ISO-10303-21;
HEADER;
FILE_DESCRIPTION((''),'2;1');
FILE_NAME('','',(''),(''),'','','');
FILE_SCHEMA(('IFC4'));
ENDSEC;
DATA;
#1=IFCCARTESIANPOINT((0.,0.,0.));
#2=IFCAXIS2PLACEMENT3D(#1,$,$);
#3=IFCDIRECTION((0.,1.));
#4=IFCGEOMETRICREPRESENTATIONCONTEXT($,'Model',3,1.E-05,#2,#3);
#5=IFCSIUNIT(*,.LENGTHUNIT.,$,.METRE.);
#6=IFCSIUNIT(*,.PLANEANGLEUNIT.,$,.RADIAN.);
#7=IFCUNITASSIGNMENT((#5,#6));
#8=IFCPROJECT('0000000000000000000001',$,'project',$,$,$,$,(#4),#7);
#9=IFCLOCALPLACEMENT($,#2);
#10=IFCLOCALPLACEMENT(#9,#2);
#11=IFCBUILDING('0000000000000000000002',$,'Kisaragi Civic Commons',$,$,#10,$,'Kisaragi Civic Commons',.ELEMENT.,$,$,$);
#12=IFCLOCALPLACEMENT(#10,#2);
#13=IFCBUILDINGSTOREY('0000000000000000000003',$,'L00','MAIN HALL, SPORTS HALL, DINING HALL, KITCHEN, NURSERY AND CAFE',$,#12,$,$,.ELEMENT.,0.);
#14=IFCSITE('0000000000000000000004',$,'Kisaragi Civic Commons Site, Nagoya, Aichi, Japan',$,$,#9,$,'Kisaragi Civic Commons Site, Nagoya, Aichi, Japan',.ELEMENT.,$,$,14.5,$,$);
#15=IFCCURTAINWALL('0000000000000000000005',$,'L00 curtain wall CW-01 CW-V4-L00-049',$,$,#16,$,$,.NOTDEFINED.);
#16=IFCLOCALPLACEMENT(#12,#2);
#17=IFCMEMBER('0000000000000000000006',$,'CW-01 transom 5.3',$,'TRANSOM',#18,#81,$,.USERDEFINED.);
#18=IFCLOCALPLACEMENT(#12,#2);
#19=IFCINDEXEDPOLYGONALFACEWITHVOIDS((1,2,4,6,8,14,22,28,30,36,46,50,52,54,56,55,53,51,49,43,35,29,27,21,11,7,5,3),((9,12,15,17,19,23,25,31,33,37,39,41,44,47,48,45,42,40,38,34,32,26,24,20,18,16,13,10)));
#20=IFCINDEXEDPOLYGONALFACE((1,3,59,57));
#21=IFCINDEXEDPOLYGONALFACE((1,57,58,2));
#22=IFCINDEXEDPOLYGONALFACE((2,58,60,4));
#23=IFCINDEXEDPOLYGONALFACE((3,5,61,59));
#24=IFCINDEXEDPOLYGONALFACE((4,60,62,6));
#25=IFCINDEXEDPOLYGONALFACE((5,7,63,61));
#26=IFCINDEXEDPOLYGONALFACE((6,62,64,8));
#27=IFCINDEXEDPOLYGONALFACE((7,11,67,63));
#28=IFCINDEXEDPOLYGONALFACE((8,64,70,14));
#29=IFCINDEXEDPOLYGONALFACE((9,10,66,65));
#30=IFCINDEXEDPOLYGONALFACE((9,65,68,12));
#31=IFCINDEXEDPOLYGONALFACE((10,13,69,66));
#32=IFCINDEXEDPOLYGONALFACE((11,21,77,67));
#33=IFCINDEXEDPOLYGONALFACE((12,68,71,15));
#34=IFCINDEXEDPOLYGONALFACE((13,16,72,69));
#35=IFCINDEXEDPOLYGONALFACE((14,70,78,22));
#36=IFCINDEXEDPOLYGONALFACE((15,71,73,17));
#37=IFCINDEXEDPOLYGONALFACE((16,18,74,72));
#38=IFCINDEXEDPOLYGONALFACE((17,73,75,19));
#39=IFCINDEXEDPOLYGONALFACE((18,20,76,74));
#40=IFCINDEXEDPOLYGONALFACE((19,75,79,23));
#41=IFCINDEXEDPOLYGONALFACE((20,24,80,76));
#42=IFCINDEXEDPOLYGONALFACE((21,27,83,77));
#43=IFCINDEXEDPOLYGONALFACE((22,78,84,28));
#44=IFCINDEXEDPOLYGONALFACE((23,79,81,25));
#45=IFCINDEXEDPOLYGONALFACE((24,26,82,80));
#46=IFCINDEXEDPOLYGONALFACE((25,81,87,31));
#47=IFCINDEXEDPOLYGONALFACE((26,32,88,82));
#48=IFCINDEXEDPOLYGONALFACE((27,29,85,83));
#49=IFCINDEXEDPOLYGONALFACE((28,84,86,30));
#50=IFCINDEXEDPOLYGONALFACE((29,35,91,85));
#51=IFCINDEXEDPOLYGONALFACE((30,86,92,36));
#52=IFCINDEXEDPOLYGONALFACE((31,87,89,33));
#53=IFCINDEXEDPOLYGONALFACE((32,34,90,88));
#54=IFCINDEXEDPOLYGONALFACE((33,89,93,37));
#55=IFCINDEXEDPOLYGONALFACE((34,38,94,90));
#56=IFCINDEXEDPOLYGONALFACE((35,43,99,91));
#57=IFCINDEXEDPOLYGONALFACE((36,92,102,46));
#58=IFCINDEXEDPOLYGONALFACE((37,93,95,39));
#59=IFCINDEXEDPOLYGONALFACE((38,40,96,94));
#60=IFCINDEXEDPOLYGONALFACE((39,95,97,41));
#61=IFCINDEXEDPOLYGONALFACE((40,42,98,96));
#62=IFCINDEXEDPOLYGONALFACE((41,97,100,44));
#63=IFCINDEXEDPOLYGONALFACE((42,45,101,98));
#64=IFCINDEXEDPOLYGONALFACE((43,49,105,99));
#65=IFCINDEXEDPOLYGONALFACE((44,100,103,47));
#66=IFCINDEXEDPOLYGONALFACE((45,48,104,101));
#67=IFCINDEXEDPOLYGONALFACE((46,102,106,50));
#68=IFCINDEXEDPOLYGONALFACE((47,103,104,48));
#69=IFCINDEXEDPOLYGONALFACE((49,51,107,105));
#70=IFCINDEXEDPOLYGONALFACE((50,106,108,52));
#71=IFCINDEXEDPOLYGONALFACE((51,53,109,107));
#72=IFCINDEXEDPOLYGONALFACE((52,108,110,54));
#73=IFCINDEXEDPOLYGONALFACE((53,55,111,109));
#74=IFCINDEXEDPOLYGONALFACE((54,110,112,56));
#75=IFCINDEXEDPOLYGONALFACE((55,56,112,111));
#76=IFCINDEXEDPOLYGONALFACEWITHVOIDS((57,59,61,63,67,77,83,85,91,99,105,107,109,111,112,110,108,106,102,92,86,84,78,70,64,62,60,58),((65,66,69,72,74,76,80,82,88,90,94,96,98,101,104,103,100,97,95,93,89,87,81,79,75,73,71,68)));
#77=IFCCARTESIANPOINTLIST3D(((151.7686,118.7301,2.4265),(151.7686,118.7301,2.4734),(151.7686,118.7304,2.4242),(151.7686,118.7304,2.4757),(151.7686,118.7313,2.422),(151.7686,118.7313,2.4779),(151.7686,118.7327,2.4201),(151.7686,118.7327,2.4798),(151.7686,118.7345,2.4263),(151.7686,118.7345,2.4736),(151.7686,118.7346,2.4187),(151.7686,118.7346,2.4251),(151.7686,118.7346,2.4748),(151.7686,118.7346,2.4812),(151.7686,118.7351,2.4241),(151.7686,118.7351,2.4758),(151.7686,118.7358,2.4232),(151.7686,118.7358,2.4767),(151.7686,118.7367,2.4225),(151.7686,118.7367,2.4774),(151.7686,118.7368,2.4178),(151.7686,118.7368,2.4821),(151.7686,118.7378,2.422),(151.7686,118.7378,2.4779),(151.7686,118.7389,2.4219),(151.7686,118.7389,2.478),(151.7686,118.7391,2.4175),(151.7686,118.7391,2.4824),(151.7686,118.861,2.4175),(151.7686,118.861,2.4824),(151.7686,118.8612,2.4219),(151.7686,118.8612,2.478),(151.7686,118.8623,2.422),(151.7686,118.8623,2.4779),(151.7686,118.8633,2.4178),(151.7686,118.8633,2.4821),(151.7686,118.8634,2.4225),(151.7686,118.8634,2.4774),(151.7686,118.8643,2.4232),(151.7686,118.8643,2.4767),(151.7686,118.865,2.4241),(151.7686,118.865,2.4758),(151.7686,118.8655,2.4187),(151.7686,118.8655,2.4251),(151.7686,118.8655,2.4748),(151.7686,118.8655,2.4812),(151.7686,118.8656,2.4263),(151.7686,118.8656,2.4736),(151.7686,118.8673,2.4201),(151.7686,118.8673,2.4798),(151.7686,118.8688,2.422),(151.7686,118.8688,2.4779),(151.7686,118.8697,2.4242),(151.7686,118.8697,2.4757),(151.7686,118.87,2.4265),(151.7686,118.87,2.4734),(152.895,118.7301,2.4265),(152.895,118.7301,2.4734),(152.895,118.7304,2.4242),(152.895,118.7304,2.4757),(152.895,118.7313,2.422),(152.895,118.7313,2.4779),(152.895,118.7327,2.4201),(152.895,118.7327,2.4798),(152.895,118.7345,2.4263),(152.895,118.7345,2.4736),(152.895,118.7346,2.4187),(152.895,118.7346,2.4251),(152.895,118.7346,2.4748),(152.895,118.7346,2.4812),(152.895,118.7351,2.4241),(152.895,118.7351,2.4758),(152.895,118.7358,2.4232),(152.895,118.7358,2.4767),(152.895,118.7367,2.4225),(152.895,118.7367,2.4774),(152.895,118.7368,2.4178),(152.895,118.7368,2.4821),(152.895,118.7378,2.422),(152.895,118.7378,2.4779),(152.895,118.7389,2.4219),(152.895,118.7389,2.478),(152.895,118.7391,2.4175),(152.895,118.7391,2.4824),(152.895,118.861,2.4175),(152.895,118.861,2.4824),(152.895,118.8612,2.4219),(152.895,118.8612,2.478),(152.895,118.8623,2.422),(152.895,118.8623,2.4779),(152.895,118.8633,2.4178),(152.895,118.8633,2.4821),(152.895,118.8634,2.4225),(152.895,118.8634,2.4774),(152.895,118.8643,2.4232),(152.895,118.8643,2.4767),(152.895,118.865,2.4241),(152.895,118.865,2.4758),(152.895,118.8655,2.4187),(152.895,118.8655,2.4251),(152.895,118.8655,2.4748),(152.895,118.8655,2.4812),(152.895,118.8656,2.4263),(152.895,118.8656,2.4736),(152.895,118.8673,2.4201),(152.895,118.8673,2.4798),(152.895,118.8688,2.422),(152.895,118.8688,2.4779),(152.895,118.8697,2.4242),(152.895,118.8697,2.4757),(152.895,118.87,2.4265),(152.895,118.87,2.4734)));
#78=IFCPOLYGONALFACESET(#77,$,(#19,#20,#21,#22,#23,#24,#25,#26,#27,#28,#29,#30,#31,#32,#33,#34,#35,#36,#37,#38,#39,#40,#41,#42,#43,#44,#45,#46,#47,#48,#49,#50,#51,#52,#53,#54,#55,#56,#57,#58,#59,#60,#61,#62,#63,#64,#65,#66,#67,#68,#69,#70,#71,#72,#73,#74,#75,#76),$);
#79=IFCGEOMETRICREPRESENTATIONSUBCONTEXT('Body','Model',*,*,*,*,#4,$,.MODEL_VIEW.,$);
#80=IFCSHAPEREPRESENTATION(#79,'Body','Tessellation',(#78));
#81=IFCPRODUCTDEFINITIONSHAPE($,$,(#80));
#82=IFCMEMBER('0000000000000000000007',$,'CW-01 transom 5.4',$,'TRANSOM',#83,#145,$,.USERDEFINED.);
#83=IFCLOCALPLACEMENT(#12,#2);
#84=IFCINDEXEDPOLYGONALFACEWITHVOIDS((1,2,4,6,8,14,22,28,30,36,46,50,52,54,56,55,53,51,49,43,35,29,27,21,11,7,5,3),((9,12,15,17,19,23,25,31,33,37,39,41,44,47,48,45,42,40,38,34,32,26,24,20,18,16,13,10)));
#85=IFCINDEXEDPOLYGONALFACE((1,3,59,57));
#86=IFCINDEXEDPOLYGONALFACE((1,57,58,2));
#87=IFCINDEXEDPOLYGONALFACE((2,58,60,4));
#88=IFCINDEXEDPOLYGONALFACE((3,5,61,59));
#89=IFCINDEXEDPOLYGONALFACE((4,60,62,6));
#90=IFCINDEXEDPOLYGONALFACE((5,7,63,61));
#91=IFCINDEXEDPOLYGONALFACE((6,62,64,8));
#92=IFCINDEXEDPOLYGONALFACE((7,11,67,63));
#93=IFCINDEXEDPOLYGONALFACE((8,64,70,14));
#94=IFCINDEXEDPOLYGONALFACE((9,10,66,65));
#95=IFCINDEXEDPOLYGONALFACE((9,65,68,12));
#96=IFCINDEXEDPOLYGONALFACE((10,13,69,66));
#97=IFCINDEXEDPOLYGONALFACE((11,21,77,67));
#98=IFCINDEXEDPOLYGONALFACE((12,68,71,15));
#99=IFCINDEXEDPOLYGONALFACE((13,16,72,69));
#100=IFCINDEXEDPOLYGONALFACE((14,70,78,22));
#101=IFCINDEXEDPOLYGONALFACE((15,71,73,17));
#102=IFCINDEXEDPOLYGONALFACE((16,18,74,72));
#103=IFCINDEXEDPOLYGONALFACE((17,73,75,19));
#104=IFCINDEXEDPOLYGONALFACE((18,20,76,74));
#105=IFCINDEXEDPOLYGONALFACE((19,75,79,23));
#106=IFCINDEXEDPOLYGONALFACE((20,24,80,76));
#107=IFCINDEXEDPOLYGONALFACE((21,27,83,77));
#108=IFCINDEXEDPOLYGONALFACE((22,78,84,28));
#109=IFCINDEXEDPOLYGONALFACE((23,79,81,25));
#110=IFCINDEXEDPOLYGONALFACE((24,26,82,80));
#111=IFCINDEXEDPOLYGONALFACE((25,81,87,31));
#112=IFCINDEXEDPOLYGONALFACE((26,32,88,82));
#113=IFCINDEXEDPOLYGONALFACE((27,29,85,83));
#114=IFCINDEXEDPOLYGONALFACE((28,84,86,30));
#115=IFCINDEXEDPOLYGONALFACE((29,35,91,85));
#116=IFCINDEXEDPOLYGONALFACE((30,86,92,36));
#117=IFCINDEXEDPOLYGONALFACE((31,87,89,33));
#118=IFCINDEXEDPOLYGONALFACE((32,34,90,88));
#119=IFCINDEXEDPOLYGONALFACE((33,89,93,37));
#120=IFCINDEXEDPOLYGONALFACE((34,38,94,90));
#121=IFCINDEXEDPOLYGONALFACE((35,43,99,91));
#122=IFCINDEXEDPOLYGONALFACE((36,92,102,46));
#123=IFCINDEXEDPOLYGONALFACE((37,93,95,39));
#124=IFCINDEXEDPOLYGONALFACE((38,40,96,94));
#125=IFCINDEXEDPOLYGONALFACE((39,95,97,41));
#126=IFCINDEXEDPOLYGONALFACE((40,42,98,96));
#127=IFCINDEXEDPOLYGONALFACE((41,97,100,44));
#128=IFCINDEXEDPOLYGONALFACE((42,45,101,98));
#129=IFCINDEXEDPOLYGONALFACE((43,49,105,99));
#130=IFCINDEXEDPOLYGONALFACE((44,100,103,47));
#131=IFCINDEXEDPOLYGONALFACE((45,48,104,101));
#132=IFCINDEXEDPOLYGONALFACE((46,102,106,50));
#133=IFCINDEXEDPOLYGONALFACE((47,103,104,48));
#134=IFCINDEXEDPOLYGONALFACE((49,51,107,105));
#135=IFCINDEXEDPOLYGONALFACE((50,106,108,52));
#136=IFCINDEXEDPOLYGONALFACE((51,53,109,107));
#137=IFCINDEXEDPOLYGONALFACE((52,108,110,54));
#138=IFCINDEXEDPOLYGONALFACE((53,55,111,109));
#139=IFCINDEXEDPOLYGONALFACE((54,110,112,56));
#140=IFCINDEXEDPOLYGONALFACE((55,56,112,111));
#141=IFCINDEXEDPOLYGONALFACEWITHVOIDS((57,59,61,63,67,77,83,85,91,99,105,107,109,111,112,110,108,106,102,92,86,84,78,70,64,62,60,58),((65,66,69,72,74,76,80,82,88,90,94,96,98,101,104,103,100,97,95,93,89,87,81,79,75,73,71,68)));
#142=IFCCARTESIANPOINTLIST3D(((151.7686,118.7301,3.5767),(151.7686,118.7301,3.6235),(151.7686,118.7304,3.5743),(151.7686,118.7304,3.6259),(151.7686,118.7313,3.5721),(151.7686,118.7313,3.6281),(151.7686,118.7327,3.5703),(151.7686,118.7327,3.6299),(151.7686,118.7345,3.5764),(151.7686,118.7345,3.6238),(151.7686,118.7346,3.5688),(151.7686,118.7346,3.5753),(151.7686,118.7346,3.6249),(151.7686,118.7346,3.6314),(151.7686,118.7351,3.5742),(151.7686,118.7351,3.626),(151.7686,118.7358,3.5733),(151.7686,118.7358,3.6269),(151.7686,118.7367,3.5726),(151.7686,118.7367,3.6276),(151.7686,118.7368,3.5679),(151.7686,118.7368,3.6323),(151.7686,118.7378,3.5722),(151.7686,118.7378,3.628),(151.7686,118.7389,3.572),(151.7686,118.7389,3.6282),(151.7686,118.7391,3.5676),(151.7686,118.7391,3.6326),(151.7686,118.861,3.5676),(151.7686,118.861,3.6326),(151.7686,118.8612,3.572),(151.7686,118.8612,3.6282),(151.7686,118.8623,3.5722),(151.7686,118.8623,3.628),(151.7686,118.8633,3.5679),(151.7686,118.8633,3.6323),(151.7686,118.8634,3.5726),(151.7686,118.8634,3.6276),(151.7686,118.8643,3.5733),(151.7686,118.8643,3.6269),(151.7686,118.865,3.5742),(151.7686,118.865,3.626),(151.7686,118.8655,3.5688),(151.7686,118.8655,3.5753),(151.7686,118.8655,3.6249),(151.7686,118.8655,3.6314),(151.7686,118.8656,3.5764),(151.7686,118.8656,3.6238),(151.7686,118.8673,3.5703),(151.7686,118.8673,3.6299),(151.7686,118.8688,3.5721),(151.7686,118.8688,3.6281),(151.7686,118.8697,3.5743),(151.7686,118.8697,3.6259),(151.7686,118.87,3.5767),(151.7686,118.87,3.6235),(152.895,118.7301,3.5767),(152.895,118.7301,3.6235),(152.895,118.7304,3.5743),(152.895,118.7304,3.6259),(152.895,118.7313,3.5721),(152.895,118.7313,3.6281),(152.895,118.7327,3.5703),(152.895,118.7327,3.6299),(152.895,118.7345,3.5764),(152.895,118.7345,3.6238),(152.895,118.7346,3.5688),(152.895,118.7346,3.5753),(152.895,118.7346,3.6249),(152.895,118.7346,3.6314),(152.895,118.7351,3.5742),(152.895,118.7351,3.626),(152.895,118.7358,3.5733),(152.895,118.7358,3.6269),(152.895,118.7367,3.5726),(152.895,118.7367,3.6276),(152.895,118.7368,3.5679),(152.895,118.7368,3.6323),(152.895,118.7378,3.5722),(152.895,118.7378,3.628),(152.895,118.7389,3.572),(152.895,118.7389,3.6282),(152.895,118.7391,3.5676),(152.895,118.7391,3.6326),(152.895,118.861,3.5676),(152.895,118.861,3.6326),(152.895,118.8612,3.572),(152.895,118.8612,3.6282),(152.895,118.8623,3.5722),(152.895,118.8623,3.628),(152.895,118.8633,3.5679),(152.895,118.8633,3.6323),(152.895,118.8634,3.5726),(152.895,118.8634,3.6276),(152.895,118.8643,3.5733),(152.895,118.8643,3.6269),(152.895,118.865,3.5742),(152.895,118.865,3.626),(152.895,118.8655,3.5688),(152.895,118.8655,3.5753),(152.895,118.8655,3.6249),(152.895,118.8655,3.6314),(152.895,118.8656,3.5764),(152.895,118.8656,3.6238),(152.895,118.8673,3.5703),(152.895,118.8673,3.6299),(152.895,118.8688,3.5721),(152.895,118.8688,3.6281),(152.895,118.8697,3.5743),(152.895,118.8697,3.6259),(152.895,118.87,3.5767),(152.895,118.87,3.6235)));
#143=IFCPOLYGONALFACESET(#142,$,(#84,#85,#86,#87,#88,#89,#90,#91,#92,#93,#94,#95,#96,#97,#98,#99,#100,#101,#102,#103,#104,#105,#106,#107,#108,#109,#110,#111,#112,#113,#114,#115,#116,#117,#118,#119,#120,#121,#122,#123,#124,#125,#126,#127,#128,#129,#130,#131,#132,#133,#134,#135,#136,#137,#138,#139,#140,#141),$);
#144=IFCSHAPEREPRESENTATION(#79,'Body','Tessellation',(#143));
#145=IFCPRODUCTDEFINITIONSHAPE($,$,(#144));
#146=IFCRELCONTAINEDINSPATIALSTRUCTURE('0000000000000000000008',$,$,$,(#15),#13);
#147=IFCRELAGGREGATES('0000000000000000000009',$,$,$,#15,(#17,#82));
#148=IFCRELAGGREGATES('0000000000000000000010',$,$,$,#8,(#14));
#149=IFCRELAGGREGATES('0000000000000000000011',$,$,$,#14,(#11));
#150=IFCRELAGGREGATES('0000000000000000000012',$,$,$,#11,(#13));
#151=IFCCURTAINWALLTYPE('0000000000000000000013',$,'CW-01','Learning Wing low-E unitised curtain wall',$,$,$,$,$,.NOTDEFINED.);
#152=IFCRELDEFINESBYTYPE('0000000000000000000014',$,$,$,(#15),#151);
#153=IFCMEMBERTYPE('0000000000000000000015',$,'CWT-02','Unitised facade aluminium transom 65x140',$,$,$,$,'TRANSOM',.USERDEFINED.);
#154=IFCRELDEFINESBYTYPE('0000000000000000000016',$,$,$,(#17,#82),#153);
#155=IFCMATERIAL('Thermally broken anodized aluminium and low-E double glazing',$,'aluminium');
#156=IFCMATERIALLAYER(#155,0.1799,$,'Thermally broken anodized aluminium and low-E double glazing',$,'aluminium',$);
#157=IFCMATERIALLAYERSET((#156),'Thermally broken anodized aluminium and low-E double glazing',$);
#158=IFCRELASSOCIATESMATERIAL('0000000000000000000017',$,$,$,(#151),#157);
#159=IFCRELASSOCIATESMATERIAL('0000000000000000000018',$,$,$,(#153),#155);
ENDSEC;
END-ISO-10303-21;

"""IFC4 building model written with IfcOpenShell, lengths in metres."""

from ifc_helpers import new_model, si_unit, direction, frame, origin, origin_2d, place, context, subcontext, project, spatial, hollow_rectangle, extrude, material, layer, layer_set, material_profile, profile_set, type_object, element, aggregate, save


model = new_model("IFC4")

# Units and contexts
model_context = context("Model", 3, precision=1e-05, world=origin(), true_north=direction((0.0, 1.0)))
body_context = subcontext(model_context, "Body", "Model", "MODEL_VIEW")
ifc_project = project(units=[si_unit("LENGTHUNIT", "METRE"), si_unit("PLANEANGLEUNIT", "RADIAN")], contexts=[model_context])

# Site, building, storey
site_placement = place(None, origin())
site = spatial("IfcSite", under=ifc_project, at=site_placement, Name="Kisaragi Civic Commons Site, Nagoya, Aichi, Japan", LongName="Kisaragi Civic Commons Site, Nagoya, Aichi, Japan", CompositionType="ELEMENT", RefElevation=14.5)
building_placement = place(site_placement, origin())
building = spatial("IfcBuilding", under=site, at=building_placement, Name="Kisaragi Civic Commons", LongName="Kisaragi Civic Commons", CompositionType="ELEMENT")
storey_placement = place(building_placement, origin())
storey = spatial("IfcBuildingStorey", under=building, at=storey_placement, Name="L00", Description="MAIN HALL, SPORTS HALL, DINING HALL, KITCHEN, NURSERY AND CAFE", CompositionType="ELEMENT", Elevation=0.0)

# Curtain wall
ifc_material_1 = material(Name="Thermally broken anodized aluminium and low-E double glazing", Category="aluminium")
ifc_layer_1 = layer(ifc_material_1, 0.1799, Name="Thermally broken anodized aluminium and low-E double glazing", Category="aluminium")
ifc_layer_set_1 = layer_set([ifc_layer_1], Name="Thermally broken anodized aluminium and low-E double glazing")
curtain_wall_type = type_object("IfcCurtainWallType", Name="CW-01", Description="Learning Wing low-E unitised curtain wall", PredefinedType="NOTDEFINED", material=ifc_layer_set_1)
curtain_wall_1_placement = place(storey_placement, origin())
curtain_wall_1 = element("IfcCurtainWall", 1, at=curtain_wall_1_placement, inside=storey, type_object=curtain_wall_type, Name="L00 curtain wall CW-01 CW-V4-L00-049", PredefinedType="NOTDEFINED")

# Members
ifc_material_profile_1 = material_profile(ifc_material_1, hollow_rectangle(XDim=0.1399, YDim=0.0649, WallThickness=0.0044, InnerFilletRadius=0.0044, OuterFilletRadius=0.009, at=origin_2d()), Name="CWT-65x140x4.5", Category="aluminium")
ifc_profile_set_1 = profile_set([ifc_material_profile_1], Name="Thermally broken anodized aluminium and low-E double glazing")
member_type_1 = type_object("IfcMemberType", Name="CWT-02", Description="Unitised facade aluminium transom 65x140", ElementType="TRANSOM", PredefinedType="USERDEFINED", material=ifc_profile_set_1)
member_1_placement = place(storey_placement, frame((151.7686, 118.8, 2.45), z_axis=(1.0, 0.0, 0.0), x_axis=(0.0, 1.0, 0.0)))
member_1 = element("IfcMember", 2, at=member_1_placement, type_object=member_type_1, Name="CW-01 transom 5.3", ObjectType="TRANSOM", PredefinedType="USERDEFINED", context=body_context, shape_type="SweptSolid", body=[
    extrude(hollow_rectangle(XDim=0.1399, YDim=0.0649, WallThickness=0.0044, InnerFilletRadius=0.0044, OuterFilletRadius=0.009, at=origin_2d()), origin(), (0.0, 0.0, 1.0), 1.1265),
])
member_2_placement = place(storey_placement, frame((151.7686, 118.8, 3.6001), z_axis=(1.0, 0.0, 0.0), x_axis=(0.0, 1.0, 0.0)))
member_2 = element("IfcMember", 3, at=member_2_placement, type_object=member_type_1, Name="CW-01 transom 5.4", ObjectType="TRANSOM", PredefinedType="USERDEFINED", context=body_context, shape_type="SweptSolid", body=[
    extrude(hollow_rectangle(XDim=0.1399, YDim=0.0649, WallThickness=0.0044, InnerFilletRadius=0.0044, OuterFilletRadius=0.009, at=origin_2d()), origin(), (0.0, 0.0, 1.0), 1.1265),
])

aggregate(curtain_wall_1, [member_1, member_2])

save(model, "model.ifc")
